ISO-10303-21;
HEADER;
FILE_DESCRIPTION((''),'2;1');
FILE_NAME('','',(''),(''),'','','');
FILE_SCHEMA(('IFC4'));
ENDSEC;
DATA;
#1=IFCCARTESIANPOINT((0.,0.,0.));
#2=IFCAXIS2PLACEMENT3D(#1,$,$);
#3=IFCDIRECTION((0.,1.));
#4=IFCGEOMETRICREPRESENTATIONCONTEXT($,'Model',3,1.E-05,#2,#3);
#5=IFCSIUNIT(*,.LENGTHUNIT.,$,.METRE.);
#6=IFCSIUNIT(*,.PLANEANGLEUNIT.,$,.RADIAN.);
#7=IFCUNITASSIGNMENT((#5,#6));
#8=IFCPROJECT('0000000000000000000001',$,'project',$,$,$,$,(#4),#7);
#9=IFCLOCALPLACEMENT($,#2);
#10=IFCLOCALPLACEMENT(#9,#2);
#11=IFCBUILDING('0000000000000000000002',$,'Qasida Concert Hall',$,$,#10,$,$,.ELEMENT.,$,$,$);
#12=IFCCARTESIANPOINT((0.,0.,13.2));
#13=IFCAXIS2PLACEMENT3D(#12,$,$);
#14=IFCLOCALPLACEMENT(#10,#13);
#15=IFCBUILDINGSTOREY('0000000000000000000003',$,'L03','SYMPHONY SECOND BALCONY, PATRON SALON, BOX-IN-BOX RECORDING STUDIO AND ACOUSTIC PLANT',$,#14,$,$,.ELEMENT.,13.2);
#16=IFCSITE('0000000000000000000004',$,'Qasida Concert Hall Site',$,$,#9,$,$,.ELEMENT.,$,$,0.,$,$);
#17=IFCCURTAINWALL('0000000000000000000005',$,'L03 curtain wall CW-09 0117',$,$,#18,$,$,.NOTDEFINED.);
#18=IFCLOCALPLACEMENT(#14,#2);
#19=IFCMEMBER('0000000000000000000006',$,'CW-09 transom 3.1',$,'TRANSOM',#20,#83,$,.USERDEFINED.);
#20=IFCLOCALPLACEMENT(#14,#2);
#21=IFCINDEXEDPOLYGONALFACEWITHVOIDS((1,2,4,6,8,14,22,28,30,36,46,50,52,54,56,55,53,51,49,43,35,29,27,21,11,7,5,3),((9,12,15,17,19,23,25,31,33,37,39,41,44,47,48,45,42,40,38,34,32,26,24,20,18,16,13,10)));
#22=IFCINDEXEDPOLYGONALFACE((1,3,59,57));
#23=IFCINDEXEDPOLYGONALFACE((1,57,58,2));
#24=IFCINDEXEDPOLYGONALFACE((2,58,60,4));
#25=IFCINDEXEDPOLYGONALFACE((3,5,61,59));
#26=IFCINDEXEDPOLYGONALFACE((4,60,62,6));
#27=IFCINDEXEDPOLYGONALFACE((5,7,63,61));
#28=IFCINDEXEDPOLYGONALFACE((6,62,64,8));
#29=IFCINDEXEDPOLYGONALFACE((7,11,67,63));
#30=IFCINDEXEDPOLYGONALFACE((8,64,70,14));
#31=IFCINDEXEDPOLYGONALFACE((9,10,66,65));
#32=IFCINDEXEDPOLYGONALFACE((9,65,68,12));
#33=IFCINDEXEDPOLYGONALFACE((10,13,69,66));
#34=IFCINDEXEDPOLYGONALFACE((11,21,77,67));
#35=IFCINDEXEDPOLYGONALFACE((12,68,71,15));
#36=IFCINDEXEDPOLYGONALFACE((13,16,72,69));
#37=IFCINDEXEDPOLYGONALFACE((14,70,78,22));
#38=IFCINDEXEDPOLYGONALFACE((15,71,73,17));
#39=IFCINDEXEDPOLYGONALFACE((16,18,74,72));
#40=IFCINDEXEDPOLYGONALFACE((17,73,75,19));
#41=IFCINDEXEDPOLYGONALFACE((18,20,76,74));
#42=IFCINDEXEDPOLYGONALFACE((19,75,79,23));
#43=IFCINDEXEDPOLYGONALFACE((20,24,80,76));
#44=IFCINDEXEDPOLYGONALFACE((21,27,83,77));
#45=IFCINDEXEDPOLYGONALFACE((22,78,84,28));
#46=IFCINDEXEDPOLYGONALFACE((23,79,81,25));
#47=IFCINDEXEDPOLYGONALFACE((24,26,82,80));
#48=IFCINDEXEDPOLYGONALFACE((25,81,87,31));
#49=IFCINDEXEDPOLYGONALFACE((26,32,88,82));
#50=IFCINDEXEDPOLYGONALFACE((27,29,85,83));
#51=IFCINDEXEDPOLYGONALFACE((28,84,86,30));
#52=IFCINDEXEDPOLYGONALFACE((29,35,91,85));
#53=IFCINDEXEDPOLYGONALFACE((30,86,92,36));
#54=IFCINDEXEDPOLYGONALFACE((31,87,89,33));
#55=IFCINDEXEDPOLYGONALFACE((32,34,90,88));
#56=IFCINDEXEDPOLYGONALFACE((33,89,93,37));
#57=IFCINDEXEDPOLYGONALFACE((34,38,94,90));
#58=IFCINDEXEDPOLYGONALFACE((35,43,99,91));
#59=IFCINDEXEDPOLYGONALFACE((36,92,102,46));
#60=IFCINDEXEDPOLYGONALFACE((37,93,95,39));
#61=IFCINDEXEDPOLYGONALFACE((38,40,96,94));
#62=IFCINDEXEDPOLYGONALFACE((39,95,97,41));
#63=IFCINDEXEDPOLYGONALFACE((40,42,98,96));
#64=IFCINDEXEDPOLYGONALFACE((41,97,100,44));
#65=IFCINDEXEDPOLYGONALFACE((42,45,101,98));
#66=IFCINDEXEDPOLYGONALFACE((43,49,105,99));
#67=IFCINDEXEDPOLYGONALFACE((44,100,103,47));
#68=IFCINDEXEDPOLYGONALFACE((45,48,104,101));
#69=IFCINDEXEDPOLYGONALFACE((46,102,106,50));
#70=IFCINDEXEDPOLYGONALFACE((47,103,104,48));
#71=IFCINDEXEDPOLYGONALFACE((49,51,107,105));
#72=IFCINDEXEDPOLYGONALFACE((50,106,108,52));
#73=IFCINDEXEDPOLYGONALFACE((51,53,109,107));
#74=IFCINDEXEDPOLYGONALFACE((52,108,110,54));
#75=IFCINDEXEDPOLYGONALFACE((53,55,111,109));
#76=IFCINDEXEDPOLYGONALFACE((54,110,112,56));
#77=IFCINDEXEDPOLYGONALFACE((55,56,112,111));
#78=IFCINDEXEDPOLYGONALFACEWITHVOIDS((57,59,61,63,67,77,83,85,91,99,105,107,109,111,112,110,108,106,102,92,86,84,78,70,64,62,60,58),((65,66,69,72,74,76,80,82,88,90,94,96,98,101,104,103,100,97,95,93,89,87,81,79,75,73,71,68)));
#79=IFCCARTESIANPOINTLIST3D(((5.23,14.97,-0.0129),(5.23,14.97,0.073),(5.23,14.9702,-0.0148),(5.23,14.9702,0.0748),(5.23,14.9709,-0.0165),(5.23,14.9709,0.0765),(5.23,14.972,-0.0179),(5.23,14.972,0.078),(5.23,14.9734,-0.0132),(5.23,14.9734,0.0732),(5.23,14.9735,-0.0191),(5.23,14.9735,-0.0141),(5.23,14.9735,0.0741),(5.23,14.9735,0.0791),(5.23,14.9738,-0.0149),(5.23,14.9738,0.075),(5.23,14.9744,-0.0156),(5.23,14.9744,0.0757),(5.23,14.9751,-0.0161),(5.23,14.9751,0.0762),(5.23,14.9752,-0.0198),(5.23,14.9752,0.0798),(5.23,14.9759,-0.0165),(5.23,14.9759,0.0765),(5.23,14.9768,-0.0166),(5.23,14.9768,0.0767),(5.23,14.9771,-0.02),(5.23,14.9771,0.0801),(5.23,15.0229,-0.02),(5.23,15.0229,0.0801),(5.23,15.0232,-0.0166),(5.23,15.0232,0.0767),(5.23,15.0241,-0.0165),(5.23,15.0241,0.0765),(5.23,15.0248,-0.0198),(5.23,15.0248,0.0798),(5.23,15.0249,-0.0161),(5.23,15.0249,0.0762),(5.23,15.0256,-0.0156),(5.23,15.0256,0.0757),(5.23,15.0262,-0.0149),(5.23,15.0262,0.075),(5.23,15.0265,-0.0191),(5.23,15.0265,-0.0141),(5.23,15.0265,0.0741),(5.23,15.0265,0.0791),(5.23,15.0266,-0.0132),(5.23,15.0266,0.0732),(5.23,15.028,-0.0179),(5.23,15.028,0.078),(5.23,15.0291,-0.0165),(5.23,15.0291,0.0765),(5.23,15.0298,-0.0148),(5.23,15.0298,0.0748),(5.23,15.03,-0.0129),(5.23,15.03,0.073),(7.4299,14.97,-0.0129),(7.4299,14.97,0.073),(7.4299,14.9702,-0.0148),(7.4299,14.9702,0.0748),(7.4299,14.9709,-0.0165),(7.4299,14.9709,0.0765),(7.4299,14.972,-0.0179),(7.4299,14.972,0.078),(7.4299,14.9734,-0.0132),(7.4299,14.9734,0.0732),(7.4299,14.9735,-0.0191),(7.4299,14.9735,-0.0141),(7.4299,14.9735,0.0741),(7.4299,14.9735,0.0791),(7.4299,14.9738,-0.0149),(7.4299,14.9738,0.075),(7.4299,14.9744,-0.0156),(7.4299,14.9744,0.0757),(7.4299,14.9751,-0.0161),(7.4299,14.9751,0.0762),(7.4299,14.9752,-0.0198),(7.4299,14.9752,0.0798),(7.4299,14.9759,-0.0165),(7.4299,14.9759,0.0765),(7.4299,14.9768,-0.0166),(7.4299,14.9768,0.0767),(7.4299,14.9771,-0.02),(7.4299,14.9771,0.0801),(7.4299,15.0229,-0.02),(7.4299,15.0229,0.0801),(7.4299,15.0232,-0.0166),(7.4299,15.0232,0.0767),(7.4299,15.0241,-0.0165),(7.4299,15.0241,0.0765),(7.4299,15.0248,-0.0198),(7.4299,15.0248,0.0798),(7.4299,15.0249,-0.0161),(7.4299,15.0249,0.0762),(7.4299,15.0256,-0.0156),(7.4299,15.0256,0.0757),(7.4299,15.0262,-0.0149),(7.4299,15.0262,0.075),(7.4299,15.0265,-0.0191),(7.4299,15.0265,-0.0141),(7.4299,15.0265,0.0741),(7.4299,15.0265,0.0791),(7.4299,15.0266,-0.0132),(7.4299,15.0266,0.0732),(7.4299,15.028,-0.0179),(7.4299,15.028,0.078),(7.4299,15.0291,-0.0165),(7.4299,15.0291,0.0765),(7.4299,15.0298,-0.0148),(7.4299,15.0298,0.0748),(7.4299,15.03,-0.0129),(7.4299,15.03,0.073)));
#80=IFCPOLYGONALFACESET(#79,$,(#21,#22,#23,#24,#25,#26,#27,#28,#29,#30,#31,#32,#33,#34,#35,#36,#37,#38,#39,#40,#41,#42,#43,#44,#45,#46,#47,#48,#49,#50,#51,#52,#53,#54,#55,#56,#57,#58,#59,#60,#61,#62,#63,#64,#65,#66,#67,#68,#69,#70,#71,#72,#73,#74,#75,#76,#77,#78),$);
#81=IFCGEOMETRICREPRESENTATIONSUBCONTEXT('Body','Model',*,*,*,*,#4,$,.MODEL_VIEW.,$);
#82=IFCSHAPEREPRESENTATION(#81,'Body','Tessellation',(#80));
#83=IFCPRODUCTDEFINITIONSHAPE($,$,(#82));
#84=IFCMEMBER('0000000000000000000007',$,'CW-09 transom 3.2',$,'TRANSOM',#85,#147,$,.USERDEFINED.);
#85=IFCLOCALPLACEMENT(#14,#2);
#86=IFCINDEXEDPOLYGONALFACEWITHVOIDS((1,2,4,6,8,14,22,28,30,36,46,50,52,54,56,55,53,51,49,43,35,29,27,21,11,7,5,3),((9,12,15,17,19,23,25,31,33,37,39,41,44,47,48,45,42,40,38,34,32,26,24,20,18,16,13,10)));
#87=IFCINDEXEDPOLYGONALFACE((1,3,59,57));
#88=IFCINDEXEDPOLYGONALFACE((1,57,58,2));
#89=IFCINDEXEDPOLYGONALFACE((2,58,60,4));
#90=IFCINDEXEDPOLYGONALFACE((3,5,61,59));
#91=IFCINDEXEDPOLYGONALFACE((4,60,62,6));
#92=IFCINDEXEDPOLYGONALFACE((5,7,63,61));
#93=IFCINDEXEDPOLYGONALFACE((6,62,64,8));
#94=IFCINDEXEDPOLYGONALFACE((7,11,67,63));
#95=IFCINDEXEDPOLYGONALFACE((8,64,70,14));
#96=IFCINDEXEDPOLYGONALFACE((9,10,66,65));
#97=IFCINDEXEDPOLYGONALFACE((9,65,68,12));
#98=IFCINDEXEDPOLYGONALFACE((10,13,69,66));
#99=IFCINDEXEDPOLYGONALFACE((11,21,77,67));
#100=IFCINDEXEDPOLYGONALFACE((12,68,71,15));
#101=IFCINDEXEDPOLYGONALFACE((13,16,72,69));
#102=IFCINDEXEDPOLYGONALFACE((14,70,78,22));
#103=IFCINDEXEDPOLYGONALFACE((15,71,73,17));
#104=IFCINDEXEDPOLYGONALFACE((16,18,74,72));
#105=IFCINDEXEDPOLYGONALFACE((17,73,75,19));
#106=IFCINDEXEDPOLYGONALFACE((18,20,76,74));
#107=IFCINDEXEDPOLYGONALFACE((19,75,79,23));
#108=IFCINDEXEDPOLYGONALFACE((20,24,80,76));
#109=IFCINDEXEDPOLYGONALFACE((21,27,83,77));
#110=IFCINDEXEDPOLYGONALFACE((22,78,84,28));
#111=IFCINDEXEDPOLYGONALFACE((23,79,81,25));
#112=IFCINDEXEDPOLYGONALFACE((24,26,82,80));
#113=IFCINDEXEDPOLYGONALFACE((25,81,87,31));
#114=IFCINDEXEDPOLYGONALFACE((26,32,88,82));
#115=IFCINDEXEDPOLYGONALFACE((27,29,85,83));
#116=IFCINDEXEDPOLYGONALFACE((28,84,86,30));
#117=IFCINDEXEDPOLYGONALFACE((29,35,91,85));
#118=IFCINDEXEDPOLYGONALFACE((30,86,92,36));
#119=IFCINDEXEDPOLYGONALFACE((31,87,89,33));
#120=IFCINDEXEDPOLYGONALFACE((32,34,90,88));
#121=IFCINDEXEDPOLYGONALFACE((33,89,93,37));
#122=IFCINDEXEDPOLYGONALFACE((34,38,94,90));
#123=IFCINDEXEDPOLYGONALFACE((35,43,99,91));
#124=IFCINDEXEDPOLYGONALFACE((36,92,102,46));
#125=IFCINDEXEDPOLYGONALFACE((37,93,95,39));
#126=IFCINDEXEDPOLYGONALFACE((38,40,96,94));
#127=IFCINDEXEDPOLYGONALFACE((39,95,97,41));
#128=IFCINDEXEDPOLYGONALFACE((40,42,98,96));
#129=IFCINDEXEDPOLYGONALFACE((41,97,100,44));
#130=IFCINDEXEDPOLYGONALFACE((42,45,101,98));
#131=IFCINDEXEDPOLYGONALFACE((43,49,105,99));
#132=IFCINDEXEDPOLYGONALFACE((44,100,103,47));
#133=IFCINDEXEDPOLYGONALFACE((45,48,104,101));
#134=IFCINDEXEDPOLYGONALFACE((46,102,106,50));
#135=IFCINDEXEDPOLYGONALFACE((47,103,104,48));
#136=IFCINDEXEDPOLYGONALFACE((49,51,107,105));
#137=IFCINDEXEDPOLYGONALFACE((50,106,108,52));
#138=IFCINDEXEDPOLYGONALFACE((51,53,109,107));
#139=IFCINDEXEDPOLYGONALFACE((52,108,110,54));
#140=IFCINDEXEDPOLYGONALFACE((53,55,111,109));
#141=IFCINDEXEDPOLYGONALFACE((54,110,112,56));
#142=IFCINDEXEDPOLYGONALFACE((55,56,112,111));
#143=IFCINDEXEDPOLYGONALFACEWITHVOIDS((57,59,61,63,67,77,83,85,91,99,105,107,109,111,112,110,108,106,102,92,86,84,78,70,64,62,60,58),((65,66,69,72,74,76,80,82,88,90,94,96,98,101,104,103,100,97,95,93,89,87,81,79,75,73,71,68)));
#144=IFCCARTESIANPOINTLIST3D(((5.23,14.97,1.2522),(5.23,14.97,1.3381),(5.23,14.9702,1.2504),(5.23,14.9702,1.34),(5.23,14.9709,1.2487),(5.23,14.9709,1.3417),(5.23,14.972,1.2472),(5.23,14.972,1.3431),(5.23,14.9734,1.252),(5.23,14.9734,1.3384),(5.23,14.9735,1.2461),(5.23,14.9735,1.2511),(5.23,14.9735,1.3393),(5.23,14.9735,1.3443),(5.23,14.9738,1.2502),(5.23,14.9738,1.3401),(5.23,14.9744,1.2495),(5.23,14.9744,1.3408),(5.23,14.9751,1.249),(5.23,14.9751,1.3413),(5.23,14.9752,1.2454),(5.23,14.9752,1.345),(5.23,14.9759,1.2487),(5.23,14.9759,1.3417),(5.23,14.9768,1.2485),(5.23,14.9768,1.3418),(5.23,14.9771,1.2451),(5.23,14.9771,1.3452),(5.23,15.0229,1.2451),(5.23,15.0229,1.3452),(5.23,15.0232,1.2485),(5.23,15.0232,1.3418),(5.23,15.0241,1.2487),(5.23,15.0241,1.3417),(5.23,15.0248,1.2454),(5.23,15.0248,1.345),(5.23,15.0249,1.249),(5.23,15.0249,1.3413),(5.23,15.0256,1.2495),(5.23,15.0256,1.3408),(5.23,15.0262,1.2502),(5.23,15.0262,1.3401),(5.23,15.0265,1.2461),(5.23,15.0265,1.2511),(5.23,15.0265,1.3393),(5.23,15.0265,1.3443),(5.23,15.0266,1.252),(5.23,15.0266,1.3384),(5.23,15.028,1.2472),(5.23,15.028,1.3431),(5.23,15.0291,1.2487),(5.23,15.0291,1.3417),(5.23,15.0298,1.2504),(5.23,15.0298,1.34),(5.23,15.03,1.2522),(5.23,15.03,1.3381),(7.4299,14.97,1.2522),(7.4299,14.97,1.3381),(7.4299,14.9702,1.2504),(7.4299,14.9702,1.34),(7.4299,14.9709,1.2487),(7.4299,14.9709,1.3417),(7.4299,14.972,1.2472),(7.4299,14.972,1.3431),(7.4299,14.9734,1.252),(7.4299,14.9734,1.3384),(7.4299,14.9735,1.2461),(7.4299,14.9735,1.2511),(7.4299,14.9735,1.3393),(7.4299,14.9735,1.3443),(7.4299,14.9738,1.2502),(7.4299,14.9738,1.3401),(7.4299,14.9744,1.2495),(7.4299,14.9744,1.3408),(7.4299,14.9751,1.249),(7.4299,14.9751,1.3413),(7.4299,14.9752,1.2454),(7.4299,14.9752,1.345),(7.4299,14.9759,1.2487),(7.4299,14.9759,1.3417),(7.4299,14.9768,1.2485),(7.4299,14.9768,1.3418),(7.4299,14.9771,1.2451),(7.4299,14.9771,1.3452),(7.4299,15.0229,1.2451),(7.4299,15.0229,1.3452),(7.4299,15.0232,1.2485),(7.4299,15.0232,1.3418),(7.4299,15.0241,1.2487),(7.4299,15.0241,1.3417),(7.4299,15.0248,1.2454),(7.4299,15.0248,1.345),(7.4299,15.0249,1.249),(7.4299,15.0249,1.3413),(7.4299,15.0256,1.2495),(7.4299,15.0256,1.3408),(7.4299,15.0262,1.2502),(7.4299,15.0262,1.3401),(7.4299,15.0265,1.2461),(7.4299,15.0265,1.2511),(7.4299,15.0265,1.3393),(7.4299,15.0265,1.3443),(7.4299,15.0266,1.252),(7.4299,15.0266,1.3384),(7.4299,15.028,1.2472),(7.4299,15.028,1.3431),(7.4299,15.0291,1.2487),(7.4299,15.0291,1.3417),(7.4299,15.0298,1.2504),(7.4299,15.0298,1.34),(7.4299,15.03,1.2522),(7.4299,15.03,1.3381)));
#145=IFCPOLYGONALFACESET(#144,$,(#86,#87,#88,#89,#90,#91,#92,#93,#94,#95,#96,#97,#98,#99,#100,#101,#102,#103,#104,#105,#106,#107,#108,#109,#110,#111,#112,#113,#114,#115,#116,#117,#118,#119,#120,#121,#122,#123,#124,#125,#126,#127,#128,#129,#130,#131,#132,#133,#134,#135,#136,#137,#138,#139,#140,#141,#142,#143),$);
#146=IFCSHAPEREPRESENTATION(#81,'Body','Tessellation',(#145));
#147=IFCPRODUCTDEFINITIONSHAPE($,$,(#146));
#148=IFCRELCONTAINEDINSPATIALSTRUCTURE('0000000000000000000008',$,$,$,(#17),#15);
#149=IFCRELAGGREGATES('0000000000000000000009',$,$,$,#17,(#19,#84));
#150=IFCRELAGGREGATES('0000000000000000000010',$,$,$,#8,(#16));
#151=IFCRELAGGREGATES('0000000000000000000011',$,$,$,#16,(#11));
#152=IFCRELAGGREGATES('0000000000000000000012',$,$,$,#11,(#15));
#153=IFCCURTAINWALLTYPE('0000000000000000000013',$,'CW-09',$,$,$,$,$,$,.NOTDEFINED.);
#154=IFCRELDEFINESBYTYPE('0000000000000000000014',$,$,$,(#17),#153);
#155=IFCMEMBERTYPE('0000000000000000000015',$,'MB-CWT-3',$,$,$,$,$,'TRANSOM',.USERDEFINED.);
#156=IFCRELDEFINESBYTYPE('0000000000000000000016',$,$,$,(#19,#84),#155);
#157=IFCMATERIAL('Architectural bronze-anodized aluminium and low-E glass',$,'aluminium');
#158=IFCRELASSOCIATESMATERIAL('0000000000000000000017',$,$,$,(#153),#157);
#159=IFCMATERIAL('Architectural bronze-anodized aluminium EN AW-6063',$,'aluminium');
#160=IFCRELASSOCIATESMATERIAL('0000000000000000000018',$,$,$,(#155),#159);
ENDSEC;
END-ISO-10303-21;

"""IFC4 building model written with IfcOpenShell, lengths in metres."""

from ifc_helpers import new_model, si_unit, direction, frame, origin, origin_2d, place, context, subcontext, project, spatial, hollow_rectangle, extrude, material, material_profile, profile_set, type_object, element, aggregate, save


model = new_model("IFC4")

# Units and contexts
model_context = context("Model", 3, precision=1e-05, world=origin(), true_north=direction((0.0, 1.0)))
body_context = subcontext(model_context, "Body", "Model", "MODEL_VIEW")
ifc_project = project(units=[si_unit("LENGTHUNIT", "METRE"), si_unit("PLANEANGLEUNIT", "RADIAN")], contexts=[model_context])

# Site, building, storey
site_placement = place(None, origin())
site = spatial("IfcSite", under=ifc_project, at=site_placement, Name="Qasida Concert Hall Site", CompositionType="ELEMENT", RefElevation=0.0)
building_placement = place(site_placement, origin())
building = spatial("IfcBuilding", under=site, at=building_placement, Name="Qasida Concert Hall", CompositionType="ELEMENT")
storey_placement = place(building_placement, frame((0.0, 0.0, 13.2)))
storey = spatial("IfcBuildingStorey", under=building, at=storey_placement, Name="L03", Description="SYMPHONY SECOND BALCONY, PATRON SALON, BOX-IN-BOX RECORDING STUDIO AND ACOUSTIC PLANT", CompositionType="ELEMENT", Elevation=13.2)

# Curtain wall, members
ifc_material_1 = material(Name="Architectural bronze-anodized aluminium and low-E glass", Category="aluminium")
curtain_wall_type = type_object("IfcCurtainWallType", Name="CW-09", PredefinedType="NOTDEFINED", material=ifc_material_1)
curtain_wall_placement = place(storey_placement, origin())
curtain_wall = element("IfcCurtainWall", 1, at=curtain_wall_placement, inside=storey, type_object=curtain_wall_type, Name="L03 curtain wall CW-09 0117", PredefinedType="NOTDEFINED")
ifc_material_2 = material(Name="Architectural bronze-anodized aluminium EN AW-6063", Category="aluminium")
ifc_material_profile_1 = material_profile(ifc_material_2, hollow_rectangle(XDim=0.0601, YDim=0.1001, WallThickness=0.0034, InnerFilletRadius=0.0034, OuterFilletRadius=0.0071, at=origin_2d()), Name="CWT 100x60x3.5")
ifc_profile_set_1 = profile_set([ifc_material_profile_1], Name="Architectural bronze-anodized aluminium EN AW-6063")
member_type_1 = type_object("IfcMemberType", Name="MB-CWT-3", ElementType="TRANSOM", PredefinedType="USERDEFINED", material=ifc_profile_set_1)
member_1_placement = place(storey_placement, frame((5.23, 15.0, 0.03), z_axis=(1.0, 0.0, 0.0), x_axis=(0.0, 1.0, 0.0)))
member_1 = element("IfcMember", 2, at=member_1_placement, type_object=member_type_1, Name="CW-09 transom 3.1", ObjectType="TRANSOM", PredefinedType="USERDEFINED", context=body_context, shape_type="SweptSolid", body=[
    extrude(hollow_rectangle(XDim=0.0601, YDim=0.1001, WallThickness=0.0034, InnerFilletRadius=0.0034, OuterFilletRadius=0.0071, at=origin_2d()), origin(), (0.0, 0.0, 1.0), 2.2),
])
member_2_placement = place(storey_placement, frame((5.23, 15.0, 1.2952), z_axis=(1.0, 0.0, 0.0), x_axis=(0.0, 1.0, 0.0)))
member_2 = element("IfcMember", 3, at=member_2_placement, type_object=member_type_1, Name="CW-09 transom 3.2", ObjectType="TRANSOM", PredefinedType="USERDEFINED", context=body_context, shape_type="SweptSolid", body=[
    extrude(hollow_rectangle(XDim=0.0601, YDim=0.1001, WallThickness=0.0034, InnerFilletRadius=0.0034, OuterFilletRadius=0.0071, at=origin_2d()), origin(), (0.0, 0.0, 1.0), 2.2),
])
aggregate(curtain_wall, [member_1, member_2])

save(model, "model.ifc")
